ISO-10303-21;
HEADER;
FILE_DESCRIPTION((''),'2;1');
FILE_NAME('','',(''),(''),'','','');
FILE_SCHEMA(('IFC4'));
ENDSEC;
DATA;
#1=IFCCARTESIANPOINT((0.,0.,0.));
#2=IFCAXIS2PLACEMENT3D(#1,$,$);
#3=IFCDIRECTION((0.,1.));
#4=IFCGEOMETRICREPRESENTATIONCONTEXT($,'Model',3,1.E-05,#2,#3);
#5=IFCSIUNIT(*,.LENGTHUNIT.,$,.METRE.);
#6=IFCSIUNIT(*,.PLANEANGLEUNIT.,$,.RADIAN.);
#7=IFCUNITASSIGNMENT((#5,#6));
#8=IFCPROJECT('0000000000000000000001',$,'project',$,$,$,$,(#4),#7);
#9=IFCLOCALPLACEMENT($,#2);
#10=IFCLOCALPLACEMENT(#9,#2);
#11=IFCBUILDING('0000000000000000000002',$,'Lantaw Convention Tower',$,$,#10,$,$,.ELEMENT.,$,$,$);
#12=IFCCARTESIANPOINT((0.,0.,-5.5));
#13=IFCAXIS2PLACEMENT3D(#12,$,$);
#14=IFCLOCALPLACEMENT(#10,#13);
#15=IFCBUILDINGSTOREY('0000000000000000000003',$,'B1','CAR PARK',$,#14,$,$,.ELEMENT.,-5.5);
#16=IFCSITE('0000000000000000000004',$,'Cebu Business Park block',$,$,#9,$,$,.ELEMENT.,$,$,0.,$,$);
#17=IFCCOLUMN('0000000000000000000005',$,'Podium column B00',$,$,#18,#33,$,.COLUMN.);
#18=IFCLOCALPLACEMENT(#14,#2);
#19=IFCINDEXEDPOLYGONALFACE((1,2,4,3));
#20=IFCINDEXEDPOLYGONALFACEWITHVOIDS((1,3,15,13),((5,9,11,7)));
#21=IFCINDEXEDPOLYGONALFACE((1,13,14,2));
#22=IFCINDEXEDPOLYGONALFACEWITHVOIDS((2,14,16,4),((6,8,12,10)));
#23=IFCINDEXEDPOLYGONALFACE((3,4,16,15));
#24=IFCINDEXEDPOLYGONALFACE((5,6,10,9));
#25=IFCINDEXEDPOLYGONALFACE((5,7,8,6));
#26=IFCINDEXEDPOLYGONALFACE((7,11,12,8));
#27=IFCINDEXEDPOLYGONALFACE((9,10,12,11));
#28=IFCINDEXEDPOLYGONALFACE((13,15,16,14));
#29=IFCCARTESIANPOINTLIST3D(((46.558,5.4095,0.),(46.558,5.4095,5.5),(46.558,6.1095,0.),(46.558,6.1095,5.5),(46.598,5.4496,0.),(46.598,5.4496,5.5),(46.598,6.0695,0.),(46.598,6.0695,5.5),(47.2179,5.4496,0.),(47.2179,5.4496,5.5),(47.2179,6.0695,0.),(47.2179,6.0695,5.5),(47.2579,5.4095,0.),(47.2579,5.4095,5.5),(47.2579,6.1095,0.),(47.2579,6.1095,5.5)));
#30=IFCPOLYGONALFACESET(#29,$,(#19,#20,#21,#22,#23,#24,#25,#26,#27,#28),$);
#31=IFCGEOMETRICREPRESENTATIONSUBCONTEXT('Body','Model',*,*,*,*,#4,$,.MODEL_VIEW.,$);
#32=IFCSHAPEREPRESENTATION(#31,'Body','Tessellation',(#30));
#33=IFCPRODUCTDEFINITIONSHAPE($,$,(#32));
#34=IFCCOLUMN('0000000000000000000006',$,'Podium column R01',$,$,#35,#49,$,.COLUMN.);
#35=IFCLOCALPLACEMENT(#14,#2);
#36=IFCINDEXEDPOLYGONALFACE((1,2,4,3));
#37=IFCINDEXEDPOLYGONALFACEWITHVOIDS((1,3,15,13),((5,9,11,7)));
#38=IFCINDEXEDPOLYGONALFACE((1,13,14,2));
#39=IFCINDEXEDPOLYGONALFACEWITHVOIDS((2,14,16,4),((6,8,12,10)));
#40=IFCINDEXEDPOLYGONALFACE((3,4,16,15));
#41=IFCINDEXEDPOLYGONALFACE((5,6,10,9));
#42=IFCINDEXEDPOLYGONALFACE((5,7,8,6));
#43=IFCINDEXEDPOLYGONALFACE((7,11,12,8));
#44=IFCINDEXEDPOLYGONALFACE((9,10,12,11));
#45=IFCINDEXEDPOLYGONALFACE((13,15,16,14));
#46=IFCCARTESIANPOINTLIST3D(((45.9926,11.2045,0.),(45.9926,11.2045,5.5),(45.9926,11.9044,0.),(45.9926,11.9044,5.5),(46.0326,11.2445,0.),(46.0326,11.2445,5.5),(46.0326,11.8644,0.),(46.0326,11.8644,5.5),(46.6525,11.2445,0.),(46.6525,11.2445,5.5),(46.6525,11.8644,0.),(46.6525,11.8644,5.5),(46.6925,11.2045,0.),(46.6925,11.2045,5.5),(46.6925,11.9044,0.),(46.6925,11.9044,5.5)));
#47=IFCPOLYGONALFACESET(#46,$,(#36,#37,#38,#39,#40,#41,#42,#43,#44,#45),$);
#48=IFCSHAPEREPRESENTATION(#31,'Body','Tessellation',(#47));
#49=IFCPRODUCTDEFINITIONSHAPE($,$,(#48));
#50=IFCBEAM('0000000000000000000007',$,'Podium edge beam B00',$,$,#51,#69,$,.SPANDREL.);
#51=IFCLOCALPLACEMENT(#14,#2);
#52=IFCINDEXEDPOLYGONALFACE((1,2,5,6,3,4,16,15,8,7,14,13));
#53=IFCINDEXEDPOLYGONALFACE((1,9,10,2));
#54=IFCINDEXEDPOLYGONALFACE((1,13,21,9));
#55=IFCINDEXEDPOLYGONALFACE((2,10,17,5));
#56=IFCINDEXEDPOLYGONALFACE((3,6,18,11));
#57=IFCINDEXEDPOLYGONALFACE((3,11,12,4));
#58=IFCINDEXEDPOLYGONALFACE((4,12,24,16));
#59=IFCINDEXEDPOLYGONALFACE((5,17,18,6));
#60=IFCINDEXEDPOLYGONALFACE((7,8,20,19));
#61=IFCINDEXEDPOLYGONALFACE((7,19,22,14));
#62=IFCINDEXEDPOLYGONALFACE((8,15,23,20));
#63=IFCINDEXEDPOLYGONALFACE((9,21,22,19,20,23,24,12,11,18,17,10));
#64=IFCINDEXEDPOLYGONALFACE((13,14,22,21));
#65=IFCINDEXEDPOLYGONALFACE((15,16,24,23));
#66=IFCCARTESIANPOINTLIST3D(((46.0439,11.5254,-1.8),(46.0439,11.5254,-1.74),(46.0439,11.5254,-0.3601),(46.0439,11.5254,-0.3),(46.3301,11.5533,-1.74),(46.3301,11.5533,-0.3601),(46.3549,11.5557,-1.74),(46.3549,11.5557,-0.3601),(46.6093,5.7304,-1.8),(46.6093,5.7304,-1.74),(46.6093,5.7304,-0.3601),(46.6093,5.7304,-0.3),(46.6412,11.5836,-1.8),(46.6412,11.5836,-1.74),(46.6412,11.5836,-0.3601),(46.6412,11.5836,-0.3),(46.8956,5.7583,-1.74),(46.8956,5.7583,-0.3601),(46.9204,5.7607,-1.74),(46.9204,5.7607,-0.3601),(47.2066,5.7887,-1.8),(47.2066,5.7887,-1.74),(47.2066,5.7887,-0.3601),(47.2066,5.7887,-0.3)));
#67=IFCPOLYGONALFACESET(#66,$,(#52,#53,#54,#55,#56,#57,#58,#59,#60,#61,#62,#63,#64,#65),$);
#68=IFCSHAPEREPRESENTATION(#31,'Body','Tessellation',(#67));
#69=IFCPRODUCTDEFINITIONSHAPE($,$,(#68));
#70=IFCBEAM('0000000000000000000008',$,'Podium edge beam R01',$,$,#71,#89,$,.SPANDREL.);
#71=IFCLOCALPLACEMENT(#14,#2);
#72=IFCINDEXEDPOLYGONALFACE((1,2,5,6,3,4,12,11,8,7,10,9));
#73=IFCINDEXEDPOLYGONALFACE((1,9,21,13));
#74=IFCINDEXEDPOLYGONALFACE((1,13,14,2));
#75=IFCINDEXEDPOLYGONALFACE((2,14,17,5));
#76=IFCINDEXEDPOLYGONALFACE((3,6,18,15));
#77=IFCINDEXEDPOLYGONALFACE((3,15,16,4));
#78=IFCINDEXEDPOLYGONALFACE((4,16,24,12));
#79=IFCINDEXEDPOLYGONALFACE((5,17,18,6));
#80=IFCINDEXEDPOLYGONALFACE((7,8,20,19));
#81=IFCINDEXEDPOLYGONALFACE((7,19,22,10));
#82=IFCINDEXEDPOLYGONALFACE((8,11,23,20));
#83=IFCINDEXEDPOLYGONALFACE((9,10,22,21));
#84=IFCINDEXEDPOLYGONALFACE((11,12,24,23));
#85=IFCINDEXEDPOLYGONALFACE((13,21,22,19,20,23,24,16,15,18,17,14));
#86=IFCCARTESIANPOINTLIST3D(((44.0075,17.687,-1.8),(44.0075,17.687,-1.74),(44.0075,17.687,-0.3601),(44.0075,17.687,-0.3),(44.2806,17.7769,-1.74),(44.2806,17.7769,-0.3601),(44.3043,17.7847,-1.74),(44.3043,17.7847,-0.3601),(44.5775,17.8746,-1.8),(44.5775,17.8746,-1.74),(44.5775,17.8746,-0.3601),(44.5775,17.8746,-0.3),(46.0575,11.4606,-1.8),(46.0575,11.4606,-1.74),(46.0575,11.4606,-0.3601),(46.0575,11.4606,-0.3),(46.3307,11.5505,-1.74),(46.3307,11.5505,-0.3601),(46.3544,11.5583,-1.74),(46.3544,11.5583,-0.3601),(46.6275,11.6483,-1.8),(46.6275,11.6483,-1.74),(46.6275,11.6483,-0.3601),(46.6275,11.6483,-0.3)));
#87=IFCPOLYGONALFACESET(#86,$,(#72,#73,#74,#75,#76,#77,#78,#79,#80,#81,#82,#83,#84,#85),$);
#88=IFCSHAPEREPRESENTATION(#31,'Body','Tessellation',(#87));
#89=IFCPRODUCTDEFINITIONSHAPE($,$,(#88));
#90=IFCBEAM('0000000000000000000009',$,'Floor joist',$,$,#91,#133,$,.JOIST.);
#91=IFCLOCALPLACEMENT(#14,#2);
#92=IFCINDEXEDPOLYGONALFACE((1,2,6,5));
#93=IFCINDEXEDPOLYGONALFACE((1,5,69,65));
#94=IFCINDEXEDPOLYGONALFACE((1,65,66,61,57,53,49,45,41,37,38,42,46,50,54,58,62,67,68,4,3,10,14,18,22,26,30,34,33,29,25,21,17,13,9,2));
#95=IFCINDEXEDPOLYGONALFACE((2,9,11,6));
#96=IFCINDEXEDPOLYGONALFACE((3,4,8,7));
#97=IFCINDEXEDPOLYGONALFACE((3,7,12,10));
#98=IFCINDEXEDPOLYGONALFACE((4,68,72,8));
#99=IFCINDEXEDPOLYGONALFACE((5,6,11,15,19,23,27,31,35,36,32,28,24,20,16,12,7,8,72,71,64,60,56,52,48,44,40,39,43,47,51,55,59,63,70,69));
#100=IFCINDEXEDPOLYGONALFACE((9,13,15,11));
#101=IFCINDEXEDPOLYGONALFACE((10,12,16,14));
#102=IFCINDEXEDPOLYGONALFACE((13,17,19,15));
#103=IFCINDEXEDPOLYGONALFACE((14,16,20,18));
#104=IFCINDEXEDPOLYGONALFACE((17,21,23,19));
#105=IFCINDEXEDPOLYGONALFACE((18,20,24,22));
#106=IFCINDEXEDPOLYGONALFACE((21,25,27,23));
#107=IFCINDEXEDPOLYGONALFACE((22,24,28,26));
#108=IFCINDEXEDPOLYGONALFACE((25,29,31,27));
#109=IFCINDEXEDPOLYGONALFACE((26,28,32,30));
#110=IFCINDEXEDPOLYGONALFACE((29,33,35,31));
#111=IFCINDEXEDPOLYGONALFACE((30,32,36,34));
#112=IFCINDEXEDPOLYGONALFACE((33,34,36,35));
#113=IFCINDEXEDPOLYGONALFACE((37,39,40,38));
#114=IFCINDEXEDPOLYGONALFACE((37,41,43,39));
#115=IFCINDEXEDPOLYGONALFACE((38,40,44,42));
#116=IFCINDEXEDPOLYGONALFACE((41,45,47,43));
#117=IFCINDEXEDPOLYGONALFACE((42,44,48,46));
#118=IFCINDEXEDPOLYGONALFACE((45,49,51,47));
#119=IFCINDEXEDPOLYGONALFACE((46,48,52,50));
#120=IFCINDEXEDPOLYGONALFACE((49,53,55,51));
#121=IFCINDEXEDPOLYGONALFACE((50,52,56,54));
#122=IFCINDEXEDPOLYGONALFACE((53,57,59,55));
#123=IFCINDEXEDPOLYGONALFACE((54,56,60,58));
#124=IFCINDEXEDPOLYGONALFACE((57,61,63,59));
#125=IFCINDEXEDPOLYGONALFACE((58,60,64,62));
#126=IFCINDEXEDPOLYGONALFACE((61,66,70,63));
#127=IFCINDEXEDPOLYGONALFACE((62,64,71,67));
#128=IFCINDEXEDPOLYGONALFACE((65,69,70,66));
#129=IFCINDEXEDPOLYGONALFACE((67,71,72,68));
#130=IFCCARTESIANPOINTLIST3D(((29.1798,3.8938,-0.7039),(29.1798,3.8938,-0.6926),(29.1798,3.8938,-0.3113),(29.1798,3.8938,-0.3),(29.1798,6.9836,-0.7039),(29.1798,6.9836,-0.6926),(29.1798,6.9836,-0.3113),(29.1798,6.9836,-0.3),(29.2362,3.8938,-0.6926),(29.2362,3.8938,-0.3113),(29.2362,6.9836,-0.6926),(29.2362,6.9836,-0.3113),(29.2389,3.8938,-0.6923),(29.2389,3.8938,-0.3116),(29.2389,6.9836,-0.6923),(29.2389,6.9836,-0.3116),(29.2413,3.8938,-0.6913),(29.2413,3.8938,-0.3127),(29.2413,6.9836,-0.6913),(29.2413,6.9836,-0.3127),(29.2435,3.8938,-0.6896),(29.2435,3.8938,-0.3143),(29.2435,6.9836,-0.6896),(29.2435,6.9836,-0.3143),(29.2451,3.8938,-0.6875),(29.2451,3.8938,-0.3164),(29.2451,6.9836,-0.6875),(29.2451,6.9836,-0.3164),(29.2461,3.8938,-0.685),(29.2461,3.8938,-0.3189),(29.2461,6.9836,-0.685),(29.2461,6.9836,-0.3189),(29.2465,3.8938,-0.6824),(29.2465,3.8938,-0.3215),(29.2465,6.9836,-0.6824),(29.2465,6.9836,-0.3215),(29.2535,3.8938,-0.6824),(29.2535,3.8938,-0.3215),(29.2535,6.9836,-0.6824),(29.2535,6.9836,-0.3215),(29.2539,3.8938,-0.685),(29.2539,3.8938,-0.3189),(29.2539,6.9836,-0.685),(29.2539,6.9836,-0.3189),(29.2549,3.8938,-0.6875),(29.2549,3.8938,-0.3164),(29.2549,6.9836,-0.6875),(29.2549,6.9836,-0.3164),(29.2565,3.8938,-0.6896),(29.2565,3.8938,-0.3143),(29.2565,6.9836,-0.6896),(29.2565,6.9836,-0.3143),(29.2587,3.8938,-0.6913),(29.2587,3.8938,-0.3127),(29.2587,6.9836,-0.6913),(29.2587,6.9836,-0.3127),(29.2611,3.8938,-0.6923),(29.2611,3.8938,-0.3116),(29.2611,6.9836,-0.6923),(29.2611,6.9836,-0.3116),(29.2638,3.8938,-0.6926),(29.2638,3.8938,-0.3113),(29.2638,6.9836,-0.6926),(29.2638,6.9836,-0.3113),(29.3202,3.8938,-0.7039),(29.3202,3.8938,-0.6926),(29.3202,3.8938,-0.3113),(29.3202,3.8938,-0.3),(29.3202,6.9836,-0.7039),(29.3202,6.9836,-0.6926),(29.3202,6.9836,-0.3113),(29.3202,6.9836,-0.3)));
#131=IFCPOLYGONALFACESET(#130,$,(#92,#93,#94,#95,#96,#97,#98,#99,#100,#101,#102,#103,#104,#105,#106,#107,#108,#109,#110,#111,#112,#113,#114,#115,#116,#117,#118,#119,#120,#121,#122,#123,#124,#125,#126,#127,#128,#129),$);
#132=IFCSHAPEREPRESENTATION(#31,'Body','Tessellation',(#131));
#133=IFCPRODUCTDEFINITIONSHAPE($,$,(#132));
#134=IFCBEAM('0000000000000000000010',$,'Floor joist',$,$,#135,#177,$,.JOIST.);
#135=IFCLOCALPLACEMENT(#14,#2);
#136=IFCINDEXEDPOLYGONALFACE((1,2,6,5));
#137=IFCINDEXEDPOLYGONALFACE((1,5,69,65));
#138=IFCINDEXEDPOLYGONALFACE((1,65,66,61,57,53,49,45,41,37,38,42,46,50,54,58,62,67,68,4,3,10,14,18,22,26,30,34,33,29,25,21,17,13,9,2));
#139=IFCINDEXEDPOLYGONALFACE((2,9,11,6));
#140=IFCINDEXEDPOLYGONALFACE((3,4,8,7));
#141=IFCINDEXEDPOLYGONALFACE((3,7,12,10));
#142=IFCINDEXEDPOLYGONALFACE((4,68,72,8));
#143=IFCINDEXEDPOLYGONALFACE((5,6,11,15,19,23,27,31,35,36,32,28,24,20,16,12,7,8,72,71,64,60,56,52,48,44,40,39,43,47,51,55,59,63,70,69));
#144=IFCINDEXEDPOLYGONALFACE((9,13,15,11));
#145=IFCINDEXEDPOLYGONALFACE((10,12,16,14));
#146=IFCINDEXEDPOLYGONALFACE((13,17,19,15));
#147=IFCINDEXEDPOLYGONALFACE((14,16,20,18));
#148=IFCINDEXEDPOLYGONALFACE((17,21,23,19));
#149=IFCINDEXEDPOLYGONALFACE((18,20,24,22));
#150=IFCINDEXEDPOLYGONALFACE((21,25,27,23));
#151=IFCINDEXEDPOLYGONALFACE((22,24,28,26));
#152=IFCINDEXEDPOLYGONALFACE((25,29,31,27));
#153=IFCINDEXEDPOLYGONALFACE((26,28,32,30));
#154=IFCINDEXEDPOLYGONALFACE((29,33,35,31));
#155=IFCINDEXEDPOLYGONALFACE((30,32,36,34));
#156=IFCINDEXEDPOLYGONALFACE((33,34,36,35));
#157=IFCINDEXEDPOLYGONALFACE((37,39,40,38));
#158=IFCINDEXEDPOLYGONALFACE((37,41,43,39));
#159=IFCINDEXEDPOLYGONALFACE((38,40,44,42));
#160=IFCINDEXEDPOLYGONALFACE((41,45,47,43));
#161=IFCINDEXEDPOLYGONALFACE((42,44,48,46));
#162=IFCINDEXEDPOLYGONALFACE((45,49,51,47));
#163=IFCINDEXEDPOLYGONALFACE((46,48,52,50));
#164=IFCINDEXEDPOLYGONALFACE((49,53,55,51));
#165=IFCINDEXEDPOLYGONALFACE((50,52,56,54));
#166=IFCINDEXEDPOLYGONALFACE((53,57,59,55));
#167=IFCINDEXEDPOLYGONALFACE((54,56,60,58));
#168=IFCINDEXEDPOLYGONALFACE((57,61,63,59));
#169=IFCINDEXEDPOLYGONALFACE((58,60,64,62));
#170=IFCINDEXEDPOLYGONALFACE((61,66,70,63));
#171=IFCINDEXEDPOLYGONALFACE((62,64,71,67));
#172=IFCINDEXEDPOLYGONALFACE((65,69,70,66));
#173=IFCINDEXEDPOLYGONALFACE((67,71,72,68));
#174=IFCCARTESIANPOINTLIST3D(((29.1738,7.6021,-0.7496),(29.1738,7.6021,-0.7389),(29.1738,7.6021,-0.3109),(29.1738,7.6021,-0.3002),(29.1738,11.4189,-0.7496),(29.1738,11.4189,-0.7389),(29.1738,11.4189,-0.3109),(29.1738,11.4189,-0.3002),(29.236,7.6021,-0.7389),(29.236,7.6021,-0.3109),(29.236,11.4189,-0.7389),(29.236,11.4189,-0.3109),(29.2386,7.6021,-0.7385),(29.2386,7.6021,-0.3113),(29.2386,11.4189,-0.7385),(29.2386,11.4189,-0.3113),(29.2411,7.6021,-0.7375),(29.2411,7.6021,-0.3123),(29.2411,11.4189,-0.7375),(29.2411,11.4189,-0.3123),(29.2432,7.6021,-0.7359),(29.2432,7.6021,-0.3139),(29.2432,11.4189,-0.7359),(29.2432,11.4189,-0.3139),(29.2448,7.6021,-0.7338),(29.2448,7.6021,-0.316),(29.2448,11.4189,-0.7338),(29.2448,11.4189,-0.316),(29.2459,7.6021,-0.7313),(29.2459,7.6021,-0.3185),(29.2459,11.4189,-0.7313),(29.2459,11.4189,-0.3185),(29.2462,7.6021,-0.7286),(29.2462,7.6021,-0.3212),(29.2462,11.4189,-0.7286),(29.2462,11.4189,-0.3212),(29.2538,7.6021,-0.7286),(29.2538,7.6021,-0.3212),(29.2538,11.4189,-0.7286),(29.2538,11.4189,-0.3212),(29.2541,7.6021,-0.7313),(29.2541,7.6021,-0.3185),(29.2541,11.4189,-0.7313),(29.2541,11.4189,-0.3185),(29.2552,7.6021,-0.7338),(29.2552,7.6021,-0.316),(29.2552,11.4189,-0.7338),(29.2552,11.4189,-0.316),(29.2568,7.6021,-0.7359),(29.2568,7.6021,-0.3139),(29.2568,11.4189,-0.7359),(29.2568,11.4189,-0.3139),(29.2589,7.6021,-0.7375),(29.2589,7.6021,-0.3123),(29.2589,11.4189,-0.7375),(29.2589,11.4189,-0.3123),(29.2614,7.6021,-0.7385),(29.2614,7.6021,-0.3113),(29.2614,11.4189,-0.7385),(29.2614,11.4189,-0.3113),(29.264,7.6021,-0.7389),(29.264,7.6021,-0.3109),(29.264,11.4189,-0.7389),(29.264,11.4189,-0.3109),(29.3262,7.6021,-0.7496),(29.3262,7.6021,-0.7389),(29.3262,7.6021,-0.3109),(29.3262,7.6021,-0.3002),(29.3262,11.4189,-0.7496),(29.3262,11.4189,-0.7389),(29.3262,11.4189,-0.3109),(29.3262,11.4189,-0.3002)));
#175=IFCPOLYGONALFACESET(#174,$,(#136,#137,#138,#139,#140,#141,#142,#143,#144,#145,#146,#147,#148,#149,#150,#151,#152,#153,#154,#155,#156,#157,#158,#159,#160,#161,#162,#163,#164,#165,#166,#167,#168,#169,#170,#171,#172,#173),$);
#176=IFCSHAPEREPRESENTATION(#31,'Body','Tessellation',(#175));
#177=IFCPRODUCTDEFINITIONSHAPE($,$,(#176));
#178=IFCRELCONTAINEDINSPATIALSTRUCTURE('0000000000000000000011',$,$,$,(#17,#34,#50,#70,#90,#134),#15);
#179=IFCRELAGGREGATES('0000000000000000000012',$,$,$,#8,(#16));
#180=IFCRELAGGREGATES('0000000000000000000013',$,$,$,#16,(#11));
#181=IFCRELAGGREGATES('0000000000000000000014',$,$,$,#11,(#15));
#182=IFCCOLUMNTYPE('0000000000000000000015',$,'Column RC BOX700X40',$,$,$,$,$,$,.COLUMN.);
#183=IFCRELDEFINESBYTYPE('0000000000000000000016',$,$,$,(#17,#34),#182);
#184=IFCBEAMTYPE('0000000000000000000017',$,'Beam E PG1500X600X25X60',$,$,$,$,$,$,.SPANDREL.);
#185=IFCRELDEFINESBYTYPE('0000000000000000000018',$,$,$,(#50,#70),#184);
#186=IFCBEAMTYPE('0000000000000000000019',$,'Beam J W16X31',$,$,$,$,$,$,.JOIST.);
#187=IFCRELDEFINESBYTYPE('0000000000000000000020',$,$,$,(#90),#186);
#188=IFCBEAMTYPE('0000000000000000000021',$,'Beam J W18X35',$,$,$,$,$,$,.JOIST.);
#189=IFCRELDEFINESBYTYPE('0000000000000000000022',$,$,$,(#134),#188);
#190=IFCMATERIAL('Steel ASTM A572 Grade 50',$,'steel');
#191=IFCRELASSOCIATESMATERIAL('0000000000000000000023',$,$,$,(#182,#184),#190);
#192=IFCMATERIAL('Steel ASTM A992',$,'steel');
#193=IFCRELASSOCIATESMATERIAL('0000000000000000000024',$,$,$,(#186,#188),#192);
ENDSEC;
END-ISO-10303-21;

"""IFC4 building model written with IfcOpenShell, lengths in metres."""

from ifc_helpers import new_model, si_unit, direction, frame, origin, origin_2d, place, context, subcontext, project, spatial, hollow_rectangle, i_section, extrude, material, material_profile, profile_set, type_object, element, save


model = new_model("IFC4")

# Units and contexts
model_context = context("Model", 3, precision=1e-05, world=origin(), true_north=direction((0.0, 1.0)))
body_context = subcontext(model_context, "Body", "Model", "MODEL_VIEW")
ifc_project = project(units=[si_unit("LENGTHUNIT", "METRE"), si_unit("PLANEANGLEUNIT", "RADIAN")], contexts=[model_context])

# Site, building, storey
site_placement = place(None, origin())
site = spatial("IfcSite", under=ifc_project, at=site_placement, Name="Cebu Business Park block", CompositionType="ELEMENT", RefElevation=0.0)
building_placement = place(site_placement, origin())
building = spatial("IfcBuilding", under=site, at=building_placement, Name="Lantaw Convention Tower", CompositionType="ELEMENT")
storey_placement = place(building_placement, frame((0.0, 0.0, -5.5)))
storey = spatial("IfcBuildingStorey", under=building, at=storey_placement, Name="B1", Description="CAR PARK", CompositionType="ELEMENT", Elevation=-5.5)

# Columns
ifc_material_1 = material(Name="Steel ASTM A572 Grade 50", Category="steel")
ifc_material_profile_1 = material_profile(ifc_material_1, hollow_rectangle(XDim=0.7, YDim=0.7, WallThickness=0.04, at=origin_2d()), Name="BOX700X40")
ifc_profile_set_1 = profile_set([ifc_material_profile_1], Name="Steel ASTM A572 Grade 50")
column_type = type_object("IfcColumnType", Name="Column RC BOX700X40", PredefinedType="COLUMN", material=ifc_profile_set_1)
for number, where, z_axis, x_axis, name in (
    (1, (46.908, 5.7595, 0.0), (0.0, 0.0, 1.0), (1.0, 0.0, 0.0), "Podium column B00"),
    (2, (46.3425, 11.5544, 0.0), (0.0, 0.0, 1.0), (1.0, 0.0, 0.0), "Podium column R01"),
):
    element("IfcColumn", number, at=place(storey_placement, frame(where, z_axis=z_axis, x_axis=x_axis)), inside=storey, type_object=column_type, Name=name, PredefinedType="COLUMN", context=body_context, shape_type="SweptSolid", body=[
        extrude(hollow_rectangle(XDim=0.7, YDim=0.7, WallThickness=0.04, at=origin_2d()), origin(), (0.0, 0.0, 1.0), 5.5),
    ])

# Beams
ifc_material_profile_2 = material_profile(ifc_material_1, i_section(OverallWidth=0.6001, OverallDepth=1.5, WebThickness=0.0249, FlangeThickness=0.0601, at=origin_2d()), Name="PG1500X600X25X60")
ifc_profile_set_2 = profile_set([ifc_material_profile_2], Name="Steel ASTM A572 Grade 50")
beam_type_1 = type_object("IfcBeamType", Name="Beam E PG1500X600X25X60", PredefinedType="SPANDREL", material=ifc_profile_set_2)
beam_1_placement = place(storey_placement, frame((46.908, 5.7595, -1.05), z_axis=(-0.097112, 0.995273, 0.0), x_axis=(-0.995273, -0.097112, 0.0)))
element("IfcBeam", 3, at=beam_1_placement, inside=storey, type_object=beam_type_1, Name="Podium edge beam B00", PredefinedType="SPANDREL", context=body_context, shape_type="SweptSolid", body=[
    extrude(i_section(OverallWidth=0.6001, OverallDepth=1.5, WebThickness=0.0249, FlangeThickness=0.0601, at=origin_2d()), origin(), (0.0, 0.0, 1.0), 5.8225),
])
beam_2_placement = place(storey_placement, frame((46.3425, 11.5544, -1.05), z_axis=(-0.31274, 0.949839, 0.0), x_axis=(-0.949839, -0.31274, 0.0)))
element("IfcBeam", 4, at=beam_2_placement, inside=storey, type_object=beam_type_1, Name="Podium edge beam R01", PredefinedType="SPANDREL", context=body_context, shape_type="SweptSolid", body=[
    extrude(i_section(OverallWidth=0.6001, OverallDepth=1.5, WebThickness=0.0249, FlangeThickness=0.0601, at=origin_2d()), origin(), (0.0, 0.0, 1.0), 6.5552),
])
ifc_material_2 = material(Name="Steel ASTM A992", Category="steel")
ifc_material_profile_3 = material_profile(ifc_material_2, i_section(OverallWidth=0.1404, OverallDepth=0.4038, WebThickness=0.0071, FlangeThickness=0.0112, FilletRadius=0.0103, at=origin_2d()), Name="W16X31")
ifc_profile_set_3 = profile_set([ifc_material_profile_3], Name="Steel ASTM A992")
beam_type_2 = type_object("IfcBeamType", Name="Beam J W16X31", PredefinedType="JOIST", material=ifc_profile_set_3)
beam_3_placement = place(storey_placement, frame((29.25, 3.8938, -0.502), z_axis=(0.0, 1.0, 0.0), x_axis=(-1.0, 0.0, 0.0)))
element("IfcBeam", 5, at=beam_3_placement, inside=storey, type_object=beam_type_2, Name="Floor joist", PredefinedType="JOIST", context=body_context, shape_type="SweptSolid", body=[
    extrude(i_section(OverallWidth=0.1404, OverallDepth=0.4038, WebThickness=0.0071, FlangeThickness=0.0112, FilletRadius=0.0103, at=origin_2d()), origin(), (0.0, 0.0, 1.0), 3.0898),
])
ifc_material_profile_4 = material_profile(ifc_material_2, i_section(OverallWidth=0.1523, OverallDepth=0.4495, WebThickness=0.0076, FlangeThickness=0.0107, FilletRadius=0.0103, at=origin_2d()), Name="W18X35")
ifc_profile_set_4 = profile_set([ifc_material_profile_4], Name="Steel ASTM A992")
beam_type_3 = type_object("IfcBeamType", Name="Beam J W18X35", PredefinedType="JOIST", material=ifc_profile_set_4)
beam_4_placement = place(storey_placement, frame((29.25, 7.6021, -0.5249), z_axis=(0.0, 1.0, 0.0), x_axis=(-1.0, 0.0, 0.0)))
element("IfcBeam", 6, at=beam_4_placement, inside=storey, type_object=beam_type_3, Name="Floor joist", PredefinedType="JOIST", context=body_context, shape_type="SweptSolid", body=[
    extrude(i_section(OverallWidth=0.1523, OverallDepth=0.4495, WebThickness=0.0076, FlangeThickness=0.0107, FilletRadius=0.0103, at=origin_2d()), origin(), (0.0, 0.0, 1.0), 3.8169),
])

save(model, "model.ifc")
